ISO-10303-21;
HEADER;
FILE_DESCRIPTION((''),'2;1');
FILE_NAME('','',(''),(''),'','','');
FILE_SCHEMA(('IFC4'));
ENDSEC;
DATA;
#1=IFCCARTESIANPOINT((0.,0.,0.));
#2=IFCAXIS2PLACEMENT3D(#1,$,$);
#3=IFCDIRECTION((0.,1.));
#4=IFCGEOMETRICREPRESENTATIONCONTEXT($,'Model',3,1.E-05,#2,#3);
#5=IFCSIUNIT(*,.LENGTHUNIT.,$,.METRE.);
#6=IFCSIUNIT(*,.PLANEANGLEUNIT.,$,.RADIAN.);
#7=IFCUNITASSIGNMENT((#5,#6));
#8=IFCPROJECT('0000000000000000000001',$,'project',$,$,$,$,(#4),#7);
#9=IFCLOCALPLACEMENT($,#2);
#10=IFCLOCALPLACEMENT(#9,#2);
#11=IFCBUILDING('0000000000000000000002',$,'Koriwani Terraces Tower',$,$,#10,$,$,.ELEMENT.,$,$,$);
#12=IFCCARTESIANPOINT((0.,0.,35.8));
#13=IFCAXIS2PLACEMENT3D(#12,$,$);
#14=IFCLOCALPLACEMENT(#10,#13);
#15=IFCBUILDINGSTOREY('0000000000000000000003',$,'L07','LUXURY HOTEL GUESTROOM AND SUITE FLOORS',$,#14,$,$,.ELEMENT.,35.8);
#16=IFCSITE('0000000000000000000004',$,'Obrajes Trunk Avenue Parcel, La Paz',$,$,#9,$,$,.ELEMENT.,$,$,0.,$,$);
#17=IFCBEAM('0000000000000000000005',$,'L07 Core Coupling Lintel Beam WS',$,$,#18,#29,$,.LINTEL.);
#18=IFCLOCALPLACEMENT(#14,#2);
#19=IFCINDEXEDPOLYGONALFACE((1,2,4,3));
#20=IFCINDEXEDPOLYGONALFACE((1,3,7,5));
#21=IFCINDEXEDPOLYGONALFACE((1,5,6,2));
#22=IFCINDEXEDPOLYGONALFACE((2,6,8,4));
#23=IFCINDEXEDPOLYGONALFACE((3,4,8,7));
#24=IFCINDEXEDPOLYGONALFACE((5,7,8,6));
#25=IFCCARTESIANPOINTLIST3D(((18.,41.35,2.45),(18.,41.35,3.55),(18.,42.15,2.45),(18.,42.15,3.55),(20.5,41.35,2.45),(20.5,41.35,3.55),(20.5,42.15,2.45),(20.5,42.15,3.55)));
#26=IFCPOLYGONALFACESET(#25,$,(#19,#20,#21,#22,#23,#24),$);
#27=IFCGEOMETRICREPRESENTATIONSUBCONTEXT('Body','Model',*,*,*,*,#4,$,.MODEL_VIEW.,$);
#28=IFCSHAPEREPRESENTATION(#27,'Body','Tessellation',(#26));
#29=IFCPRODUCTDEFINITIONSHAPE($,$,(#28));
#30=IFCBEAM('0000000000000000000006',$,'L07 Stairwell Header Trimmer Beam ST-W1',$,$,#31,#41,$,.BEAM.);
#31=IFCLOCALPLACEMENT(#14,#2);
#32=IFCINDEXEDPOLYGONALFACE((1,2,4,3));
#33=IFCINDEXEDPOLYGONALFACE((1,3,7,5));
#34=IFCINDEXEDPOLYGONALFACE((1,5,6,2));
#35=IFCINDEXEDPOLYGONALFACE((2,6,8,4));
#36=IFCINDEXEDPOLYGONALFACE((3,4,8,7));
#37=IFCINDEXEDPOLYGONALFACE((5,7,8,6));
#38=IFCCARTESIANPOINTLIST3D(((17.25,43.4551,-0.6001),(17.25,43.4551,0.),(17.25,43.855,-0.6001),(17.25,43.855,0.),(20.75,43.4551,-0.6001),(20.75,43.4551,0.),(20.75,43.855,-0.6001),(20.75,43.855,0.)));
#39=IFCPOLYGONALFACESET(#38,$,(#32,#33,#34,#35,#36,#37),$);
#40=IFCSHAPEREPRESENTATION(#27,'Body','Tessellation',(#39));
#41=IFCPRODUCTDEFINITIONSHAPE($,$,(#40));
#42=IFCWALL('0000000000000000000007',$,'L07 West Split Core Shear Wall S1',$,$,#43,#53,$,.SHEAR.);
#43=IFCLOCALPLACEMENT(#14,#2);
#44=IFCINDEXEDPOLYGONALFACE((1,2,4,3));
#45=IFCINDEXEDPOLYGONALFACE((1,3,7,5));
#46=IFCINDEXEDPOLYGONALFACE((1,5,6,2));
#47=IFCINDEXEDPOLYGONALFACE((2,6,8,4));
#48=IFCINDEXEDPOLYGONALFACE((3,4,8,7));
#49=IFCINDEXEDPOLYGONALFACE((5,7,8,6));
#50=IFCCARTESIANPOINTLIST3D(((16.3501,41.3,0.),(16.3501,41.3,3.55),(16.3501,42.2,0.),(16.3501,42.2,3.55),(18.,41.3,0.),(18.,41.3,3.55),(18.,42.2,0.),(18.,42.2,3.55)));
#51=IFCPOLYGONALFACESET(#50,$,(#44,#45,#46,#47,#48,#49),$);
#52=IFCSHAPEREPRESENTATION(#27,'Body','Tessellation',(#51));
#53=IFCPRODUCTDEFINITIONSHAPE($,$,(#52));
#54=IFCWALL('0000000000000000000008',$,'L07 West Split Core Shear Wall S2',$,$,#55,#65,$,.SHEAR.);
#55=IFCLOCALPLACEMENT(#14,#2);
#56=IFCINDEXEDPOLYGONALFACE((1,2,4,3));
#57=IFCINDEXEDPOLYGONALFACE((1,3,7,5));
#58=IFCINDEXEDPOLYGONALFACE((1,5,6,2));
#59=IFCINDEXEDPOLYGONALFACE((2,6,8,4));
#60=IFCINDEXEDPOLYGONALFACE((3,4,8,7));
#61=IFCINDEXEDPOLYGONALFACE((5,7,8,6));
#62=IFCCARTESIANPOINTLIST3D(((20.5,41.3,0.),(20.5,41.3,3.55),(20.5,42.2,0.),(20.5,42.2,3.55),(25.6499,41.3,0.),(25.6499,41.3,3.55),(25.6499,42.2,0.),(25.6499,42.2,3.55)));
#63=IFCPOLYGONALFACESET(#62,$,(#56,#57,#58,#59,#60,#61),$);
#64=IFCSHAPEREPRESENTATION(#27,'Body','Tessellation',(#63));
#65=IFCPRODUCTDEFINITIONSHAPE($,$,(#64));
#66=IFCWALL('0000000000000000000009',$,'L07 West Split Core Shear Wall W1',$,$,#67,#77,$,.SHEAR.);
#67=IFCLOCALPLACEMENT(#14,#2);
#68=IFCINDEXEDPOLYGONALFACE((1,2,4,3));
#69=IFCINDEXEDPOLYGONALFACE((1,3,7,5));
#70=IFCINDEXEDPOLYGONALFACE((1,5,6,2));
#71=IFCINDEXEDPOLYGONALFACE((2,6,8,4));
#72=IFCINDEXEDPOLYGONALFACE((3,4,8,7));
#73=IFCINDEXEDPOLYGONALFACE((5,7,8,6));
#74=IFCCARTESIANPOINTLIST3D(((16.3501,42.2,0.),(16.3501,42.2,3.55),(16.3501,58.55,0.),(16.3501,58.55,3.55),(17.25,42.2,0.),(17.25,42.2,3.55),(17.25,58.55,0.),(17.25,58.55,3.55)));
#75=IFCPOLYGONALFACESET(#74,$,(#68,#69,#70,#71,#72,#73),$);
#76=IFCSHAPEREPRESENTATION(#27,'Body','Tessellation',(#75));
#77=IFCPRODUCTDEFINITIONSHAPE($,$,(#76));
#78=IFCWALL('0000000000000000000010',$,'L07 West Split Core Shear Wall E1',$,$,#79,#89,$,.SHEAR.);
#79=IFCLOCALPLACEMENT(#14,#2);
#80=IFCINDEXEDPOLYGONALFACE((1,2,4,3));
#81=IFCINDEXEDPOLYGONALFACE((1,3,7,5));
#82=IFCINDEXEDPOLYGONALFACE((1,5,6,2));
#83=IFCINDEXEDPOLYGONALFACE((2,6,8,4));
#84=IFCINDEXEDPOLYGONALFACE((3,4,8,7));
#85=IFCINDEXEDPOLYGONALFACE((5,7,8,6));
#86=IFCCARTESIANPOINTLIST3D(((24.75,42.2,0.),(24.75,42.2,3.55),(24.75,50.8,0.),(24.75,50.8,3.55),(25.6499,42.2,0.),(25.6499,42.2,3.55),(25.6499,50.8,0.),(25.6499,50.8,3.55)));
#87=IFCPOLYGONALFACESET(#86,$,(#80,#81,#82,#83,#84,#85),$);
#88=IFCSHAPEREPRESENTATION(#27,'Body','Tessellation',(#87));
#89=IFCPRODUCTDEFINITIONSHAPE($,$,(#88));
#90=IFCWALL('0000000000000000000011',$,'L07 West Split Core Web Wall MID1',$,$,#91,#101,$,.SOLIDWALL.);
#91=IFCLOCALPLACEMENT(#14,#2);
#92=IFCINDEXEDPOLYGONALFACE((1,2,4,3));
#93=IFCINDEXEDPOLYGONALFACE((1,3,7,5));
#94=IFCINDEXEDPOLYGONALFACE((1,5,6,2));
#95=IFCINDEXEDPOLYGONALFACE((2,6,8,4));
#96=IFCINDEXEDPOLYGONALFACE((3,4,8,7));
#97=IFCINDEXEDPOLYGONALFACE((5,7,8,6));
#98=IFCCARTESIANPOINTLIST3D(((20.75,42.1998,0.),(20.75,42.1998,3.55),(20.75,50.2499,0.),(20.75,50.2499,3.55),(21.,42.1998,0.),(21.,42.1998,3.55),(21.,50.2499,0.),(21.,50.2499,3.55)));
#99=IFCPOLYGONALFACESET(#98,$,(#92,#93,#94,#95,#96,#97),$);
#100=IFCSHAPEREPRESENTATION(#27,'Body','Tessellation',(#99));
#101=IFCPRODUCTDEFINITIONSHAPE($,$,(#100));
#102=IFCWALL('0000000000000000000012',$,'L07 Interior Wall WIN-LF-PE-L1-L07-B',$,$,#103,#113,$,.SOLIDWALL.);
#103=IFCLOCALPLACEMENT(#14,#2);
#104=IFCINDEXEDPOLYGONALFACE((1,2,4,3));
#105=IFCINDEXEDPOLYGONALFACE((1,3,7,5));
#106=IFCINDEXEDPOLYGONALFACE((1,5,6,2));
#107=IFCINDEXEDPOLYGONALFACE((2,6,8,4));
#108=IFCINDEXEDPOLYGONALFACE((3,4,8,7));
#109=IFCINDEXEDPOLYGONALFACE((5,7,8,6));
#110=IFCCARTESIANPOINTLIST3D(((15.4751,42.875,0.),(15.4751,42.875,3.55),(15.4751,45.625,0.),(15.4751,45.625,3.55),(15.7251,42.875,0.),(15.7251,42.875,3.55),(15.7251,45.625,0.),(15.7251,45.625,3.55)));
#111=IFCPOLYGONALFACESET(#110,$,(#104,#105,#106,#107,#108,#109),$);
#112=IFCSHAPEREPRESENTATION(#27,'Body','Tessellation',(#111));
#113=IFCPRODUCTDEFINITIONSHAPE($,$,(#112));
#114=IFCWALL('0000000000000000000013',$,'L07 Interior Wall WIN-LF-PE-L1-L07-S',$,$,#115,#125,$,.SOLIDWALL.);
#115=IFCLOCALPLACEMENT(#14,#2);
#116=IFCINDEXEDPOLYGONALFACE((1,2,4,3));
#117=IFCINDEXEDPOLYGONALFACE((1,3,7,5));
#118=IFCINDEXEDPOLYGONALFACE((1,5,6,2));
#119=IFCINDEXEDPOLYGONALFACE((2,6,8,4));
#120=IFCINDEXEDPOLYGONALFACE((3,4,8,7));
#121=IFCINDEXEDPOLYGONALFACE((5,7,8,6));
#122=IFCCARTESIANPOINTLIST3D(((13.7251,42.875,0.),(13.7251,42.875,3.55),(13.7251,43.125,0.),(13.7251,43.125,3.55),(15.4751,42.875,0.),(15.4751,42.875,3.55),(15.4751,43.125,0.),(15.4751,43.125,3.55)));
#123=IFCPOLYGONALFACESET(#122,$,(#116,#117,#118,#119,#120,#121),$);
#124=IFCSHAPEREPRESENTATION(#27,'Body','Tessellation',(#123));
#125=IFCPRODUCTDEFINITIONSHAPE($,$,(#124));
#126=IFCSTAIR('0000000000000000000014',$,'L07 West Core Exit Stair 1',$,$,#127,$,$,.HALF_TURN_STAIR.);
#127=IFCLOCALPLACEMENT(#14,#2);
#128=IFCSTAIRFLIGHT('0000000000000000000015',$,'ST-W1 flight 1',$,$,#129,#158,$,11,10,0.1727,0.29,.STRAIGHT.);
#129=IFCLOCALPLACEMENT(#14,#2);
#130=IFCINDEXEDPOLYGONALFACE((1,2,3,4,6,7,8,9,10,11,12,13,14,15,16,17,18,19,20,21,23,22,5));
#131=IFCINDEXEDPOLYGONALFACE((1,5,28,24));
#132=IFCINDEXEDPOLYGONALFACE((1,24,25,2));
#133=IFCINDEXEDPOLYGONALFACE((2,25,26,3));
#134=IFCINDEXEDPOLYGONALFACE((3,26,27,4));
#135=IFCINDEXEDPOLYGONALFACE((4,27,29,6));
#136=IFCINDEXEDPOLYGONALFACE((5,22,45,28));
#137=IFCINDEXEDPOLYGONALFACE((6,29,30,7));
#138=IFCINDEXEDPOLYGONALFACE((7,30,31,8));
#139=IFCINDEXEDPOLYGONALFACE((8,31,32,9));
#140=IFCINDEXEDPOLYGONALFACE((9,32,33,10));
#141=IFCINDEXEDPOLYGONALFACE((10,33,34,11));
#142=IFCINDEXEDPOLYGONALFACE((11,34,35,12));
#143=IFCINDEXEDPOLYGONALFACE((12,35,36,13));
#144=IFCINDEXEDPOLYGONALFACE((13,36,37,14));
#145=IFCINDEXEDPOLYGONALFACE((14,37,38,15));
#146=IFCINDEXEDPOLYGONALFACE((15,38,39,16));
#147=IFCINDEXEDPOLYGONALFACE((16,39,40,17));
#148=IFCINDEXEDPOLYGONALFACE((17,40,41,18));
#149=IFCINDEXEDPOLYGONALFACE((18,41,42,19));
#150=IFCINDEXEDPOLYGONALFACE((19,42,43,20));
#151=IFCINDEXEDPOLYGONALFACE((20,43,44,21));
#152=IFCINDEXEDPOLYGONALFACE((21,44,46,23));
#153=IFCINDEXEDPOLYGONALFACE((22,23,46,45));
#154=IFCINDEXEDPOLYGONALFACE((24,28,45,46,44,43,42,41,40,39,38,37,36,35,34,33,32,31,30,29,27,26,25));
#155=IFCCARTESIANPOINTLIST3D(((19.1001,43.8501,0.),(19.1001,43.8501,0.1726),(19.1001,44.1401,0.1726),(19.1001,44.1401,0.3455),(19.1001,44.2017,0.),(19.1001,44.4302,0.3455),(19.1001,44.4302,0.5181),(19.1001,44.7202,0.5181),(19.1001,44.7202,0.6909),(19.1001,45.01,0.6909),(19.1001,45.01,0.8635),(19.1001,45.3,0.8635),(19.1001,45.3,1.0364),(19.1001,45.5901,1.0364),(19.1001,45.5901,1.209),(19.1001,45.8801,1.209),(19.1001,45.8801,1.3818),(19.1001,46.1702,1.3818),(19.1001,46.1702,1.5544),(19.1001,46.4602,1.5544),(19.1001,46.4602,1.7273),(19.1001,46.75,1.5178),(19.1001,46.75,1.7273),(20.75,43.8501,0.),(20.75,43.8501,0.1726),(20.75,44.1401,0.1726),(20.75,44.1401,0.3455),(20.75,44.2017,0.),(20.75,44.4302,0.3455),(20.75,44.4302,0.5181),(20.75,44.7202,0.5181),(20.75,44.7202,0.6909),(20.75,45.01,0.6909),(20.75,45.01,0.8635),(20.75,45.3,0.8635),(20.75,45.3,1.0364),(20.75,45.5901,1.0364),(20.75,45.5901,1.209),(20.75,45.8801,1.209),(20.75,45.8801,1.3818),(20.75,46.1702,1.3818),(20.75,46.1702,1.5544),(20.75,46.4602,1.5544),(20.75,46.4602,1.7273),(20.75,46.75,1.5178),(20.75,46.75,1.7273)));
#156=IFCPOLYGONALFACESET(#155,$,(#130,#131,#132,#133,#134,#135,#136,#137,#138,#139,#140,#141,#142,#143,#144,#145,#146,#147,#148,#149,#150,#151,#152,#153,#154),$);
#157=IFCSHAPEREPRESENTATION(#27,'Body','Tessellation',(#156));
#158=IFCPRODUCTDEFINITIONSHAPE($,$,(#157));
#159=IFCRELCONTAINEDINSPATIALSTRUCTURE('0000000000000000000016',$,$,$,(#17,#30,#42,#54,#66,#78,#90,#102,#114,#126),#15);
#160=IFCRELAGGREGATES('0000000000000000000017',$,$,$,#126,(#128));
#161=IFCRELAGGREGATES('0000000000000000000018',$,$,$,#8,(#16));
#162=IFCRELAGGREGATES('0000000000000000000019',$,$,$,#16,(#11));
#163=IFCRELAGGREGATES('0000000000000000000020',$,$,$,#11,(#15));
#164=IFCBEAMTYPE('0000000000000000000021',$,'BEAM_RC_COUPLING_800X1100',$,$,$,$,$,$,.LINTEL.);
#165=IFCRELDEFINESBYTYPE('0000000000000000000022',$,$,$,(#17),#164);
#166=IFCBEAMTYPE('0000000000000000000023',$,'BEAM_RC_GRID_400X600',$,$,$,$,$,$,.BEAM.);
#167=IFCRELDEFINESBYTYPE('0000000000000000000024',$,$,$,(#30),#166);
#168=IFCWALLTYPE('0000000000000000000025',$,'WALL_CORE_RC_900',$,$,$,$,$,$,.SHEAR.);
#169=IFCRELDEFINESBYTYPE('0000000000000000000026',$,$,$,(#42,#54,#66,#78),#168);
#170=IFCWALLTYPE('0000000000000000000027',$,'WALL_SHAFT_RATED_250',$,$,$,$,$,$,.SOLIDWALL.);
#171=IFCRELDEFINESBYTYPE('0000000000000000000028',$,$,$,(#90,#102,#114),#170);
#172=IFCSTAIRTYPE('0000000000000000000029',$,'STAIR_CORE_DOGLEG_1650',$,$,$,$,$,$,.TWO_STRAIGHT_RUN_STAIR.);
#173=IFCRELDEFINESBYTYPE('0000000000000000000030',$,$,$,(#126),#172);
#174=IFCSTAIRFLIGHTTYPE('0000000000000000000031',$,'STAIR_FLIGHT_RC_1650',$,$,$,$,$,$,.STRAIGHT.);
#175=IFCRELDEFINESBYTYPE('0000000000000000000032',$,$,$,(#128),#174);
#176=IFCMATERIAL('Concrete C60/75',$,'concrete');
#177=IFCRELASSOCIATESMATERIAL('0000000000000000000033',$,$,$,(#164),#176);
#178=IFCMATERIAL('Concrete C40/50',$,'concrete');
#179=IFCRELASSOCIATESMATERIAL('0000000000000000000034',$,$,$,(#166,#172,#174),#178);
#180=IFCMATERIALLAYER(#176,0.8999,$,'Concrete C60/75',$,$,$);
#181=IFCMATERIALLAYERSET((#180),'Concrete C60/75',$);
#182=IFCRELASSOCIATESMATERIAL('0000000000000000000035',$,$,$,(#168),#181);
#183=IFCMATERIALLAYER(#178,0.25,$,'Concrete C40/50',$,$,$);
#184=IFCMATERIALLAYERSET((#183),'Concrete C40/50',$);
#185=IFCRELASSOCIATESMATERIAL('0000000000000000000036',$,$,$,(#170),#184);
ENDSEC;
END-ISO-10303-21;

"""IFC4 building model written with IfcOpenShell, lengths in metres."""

from ifc_helpers import new_model, si_unit, direction, frame, frame_2d, origin, origin_2d, place, context, subcontext, project, spatial, polyline, rectangle, outline, extrude, material, layer, layer_set, material_profile, profile_set, type_object, element, aggregate, save


model = new_model("IFC4")

# Units and contexts
model_context = context("Model", 3, precision=1e-05, world=origin(), true_north=direction((0.0, 1.0)))
body_context = subcontext(model_context, "Body", "Model", "MODEL_VIEW")
ifc_project = project(units=[si_unit("LENGTHUNIT", "METRE"), si_unit("PLANEANGLEUNIT", "RADIAN")], contexts=[model_context])

# Site, building, storey
site_placement = place(None, origin())
site = spatial("IfcSite", under=ifc_project, at=site_placement, Name="Obrajes Trunk Avenue Parcel, La Paz", CompositionType="ELEMENT", RefElevation=0.0)
building_placement = place(site_placement, origin())
building = spatial("IfcBuilding", under=site, at=building_placement, Name="Koriwani Terraces Tower", CompositionType="ELEMENT")
storey_placement = place(building_placement, frame((0.0, 0.0, 35.8)))
storey = spatial("IfcBuildingStorey", under=building, at=storey_placement, Name="L07", Description="LUXURY HOTEL GUESTROOM AND SUITE FLOORS", CompositionType="ELEMENT", Elevation=35.8)

# Beams
ifc_material_1 = material(Name="Concrete C60/75", Category="concrete")
ifc_material_profile_1 = material_profile(ifc_material_1, rectangle(XDim=0.8, YDim=1.1001, at=origin_2d()), Name="Concrete C60/75", Category="LoadBearing")
ifc_profile_set_1 = profile_set([ifc_material_profile_1], Name="Concrete C60/75")
beam_type_1 = type_object("IfcBeamType", Name="BEAM_RC_COUPLING_800X1100", PredefinedType="LINTEL", material=ifc_profile_set_1)
beam_1_placement = place(storey_placement, frame((18.0, 41.75, 3.0), z_axis=(1.0, 0.0, 0.0), x_axis=(0.0, 1.0, 0.0)))
element("IfcBeam", 1, at=beam_1_placement, inside=storey, type_object=beam_type_1, Name="L07 Core Coupling Lintel Beam WS", PredefinedType="LINTEL", context=body_context, shape_type="SweptSolid", body=[
    extrude(rectangle(XDim=0.8, YDim=1.1001, at=origin_2d()), origin(), (0.0, 0.0, 1.0), 2.5),
])
ifc_material_2 = material(Name="Concrete C40/50", Category="concrete")
ifc_material_profile_2 = material_profile(ifc_material_2, rectangle(XDim=0.3999, YDim=0.6001, at=origin_2d()), Name="Concrete C40/50", Category="LoadBearing")
ifc_profile_set_2 = profile_set([ifc_material_profile_2], Name="Concrete C40/50")
beam_type_2 = type_object("IfcBeamType", Name="BEAM_RC_GRID_400X600", PredefinedType="BEAM", material=ifc_profile_set_2)
beam_2_placement = place(storey_placement, frame((17.25, 43.655, -0.3), z_axis=(1.0, 0.0, 0.0), x_axis=(0.0, 1.0, 0.0)))
element("IfcBeam", 2, at=beam_2_placement, inside=storey, type_object=beam_type_2, Name="L07 Stairwell Header Trimmer Beam ST-W1", PredefinedType="BEAM", context=body_context, shape_type="SweptSolid", body=[
    extrude(rectangle(XDim=0.3999, YDim=0.6001, at=origin_2d()), origin(), (0.0, 0.0, 1.0), 3.5),
])

# Walls
ifc_layer_1 = layer(ifc_material_1, 0.8999, Name="Concrete C60/75")
ifc_layer_set_1 = layer_set([ifc_layer_1], Name="Concrete C60/75")
wall_type_1 = type_object("IfcWallType", Name="WALL_CORE_RC_900", PredefinedType="SHEAR", material=ifc_layer_set_1)
wall_1_placement = place(storey_placement, frame((16.3501, 41.75, 0.0), z_axis=(0.0, 0.0, 1.0), x_axis=(1.0, 0.0, 0.0)))
element("IfcWall", 3, at=wall_1_placement, inside=storey, type_object=wall_type_1, Name="L07 West Split Core Shear Wall S1", PredefinedType="SHEAR", context=body_context, shape_type="SweptSolid", body=[
    extrude(rectangle(XDim=1.6499, YDim=0.8999, at=frame_2d((0.825, 0.0))), origin(), (0.0, 0.0, 1.0), 3.55),
])
wall_2_placement = place(storey_placement, frame((20.5, 41.75, 0.0), z_axis=(0.0, 0.0, 1.0), x_axis=(1.0, 0.0, 0.0)))
element("IfcWall", 4, at=wall_2_placement, inside=storey, type_object=wall_type_1, Name="L07 West Split Core Shear Wall S2", PredefinedType="SHEAR", context=body_context, shape_type="SweptSolid", body=[
    extrude(rectangle(XDim=5.1499, YDim=0.8999, at=frame_2d((2.575, 0.0))), origin(), (0.0, 0.0, 1.0), 3.55),
])
wall_3_placement = place(storey_placement, frame((16.8, 42.2, 0.0), z_axis=(0.0, 0.0, 1.0), x_axis=(0.0, 1.0, 0.0)))
element("IfcWall", 5, at=wall_3_placement, inside=storey, type_object=wall_type_1, Name="L07 West Split Core Shear Wall W1", PredefinedType="SHEAR", context=body_context, shape_type="SweptSolid", body=[
    extrude(rectangle(XDim=16.3501, YDim=0.8999, at=frame_2d((8.175, 0.0))), origin(), (0.0, 0.0, 1.0), 3.55),
])
wall_4_placement = place(storey_placement, frame((25.2, 42.2, 0.0), z_axis=(0.0, 0.0, 1.0), x_axis=(0.0, 1.0, 0.0)))
element("IfcWall", 6, at=wall_4_placement, inside=storey, type_object=wall_type_1, Name="L07 West Split Core Shear Wall E1", PredefinedType="SHEAR", context=body_context, shape_type="SweptSolid", body=[
    extrude(rectangle(XDim=8.6001, YDim=0.8999, at=frame_2d((4.3, 0.0))), origin(), (0.0, 0.0, 1.0), 3.55),
])
ifc_layer_2 = layer(ifc_material_2, 0.25, Name="Concrete C40/50")
ifc_layer_set_2 = layer_set([ifc_layer_2], Name="Concrete C40/50")
wall_type_2 = type_object("IfcWallType", Name="WALL_SHAFT_RATED_250", PredefinedType="SOLIDWALL", material=ifc_layer_set_2)
wall_5_placement = place(storey_placement, frame((20.875, 42.2, 0.0), z_axis=(0.0, 0.0, 1.0), x_axis=(0.0, 1.0, 0.0)))
element("IfcWall", 7, at=wall_5_placement, inside=storey, type_object=wall_type_2, Name="L07 West Split Core Web Wall MID1", PredefinedType="SOLIDWALL", context=body_context, shape_type="SweptSolid", body=[
    extrude(rectangle(XDim=8.05, YDim=0.25, at=frame_2d((4.0249, 0.0))), origin(), (0.0, 0.0, 1.0), 3.55),
])

# Walls
wall_6_placement = place(storey_placement, frame((15.6001, 42.875, 0.0), z_axis=(0.0, 0.0, 1.0), x_axis=(0.0, 1.0, 0.0)))
element("IfcWall", 8, at=wall_6_placement, inside=storey, type_object=wall_type_2, Name="L07 Interior Wall WIN-LF-PE-L1-L07-B", PredefinedType="SOLIDWALL", context=body_context, shape_type="SweptSolid", body=[
    extrude(rectangle(XDim=2.75, YDim=0.25, at=frame_2d((1.375, 0.0))), origin(), (0.0, 0.0, 1.0), 3.55),
])
wall_7_placement = place(storey_placement, frame((13.7251, 43.0, 0.0), z_axis=(0.0, 0.0, 1.0), x_axis=(1.0, 0.0, 0.0)))
element("IfcWall", 9, at=wall_7_placement, inside=storey, type_object=wall_type_2, Name="L07 Interior Wall WIN-LF-PE-L1-L07-S", PredefinedType="SOLIDWALL", context=body_context, shape_type="SweptSolid", body=[
    extrude(rectangle(XDim=1.75, YDim=0.25, at=frame_2d((0.875, 0.0))), origin(), (0.0, 0.0, 1.0), 3.55),
])

# Stair, stair flight
stair_type = type_object("IfcStairType", Name="STAIR_CORE_DOGLEG_1650", PredefinedType="TWO_STRAIGHT_RUN_STAIR", material=ifc_material_2)
stair_placement = place(storey_placement, origin())
stair = element("IfcStair", 10, at=stair_placement, inside=storey, type_object=stair_type, Name="L07 West Core Exit Stair 1", PredefinedType="HALF_TURN_STAIR")
stair_flight_type = type_object("IfcStairFlightType", Name="STAIR_FLIGHT_RC_1650", PredefinedType="STRAIGHT", material=ifc_material_2)
stair_flight_placement = place(storey_placement, frame((19.925, 43.8501, 0.0), z_axis=(0.0, 0.0, 1.0), x_axis=(0.0, 1.0, 0.0)))
stair_flight = element("IfcStairFlight", 11, at=stair_flight_placement, type_object=stair_flight_type, Name="ST-W1 flight 1", NumberOfRisers=11, NumberOfTreads=10, PredefinedType="STRAIGHT", RiserHeight=0.1727, TreadLength=0.29, context=body_context, shape_type="SweptSolid", body=[
    extrude(outline(polyline([(0.0, 0.0), (0.0, 0.1726), (0.29, 0.1726), (0.29, 0.3455), (0.5801, 0.3455), (0.5801, 0.5181), (0.8701, 0.5181), (0.8701, 0.6909), (1.1599, 0.6909), (1.1599, 0.8635), (1.45, 0.8635), (1.45, 1.0364), (1.74, 1.0364), (1.74, 1.209), (2.03, 1.209), (2.03, 1.3818), (2.3201, 1.3818), (2.3201, 1.5544), (2.6101, 1.5544), (2.6101, 1.7273), (2.8999, 1.7273), (2.8999, 1.8999), (2.8999, 1.5178), (0.3516, 0.0), (0.0, 0.0)])), frame((0.0, 0.825, 0.0), z_axis=(0.0, -1.0, 0.0), x_axis=(1.0, 0.0, 0.0)), (0.0, 0.0, 1.0), 1.6499),
])
aggregate(stair, [stair_flight])

save(model, "model.ifc")
